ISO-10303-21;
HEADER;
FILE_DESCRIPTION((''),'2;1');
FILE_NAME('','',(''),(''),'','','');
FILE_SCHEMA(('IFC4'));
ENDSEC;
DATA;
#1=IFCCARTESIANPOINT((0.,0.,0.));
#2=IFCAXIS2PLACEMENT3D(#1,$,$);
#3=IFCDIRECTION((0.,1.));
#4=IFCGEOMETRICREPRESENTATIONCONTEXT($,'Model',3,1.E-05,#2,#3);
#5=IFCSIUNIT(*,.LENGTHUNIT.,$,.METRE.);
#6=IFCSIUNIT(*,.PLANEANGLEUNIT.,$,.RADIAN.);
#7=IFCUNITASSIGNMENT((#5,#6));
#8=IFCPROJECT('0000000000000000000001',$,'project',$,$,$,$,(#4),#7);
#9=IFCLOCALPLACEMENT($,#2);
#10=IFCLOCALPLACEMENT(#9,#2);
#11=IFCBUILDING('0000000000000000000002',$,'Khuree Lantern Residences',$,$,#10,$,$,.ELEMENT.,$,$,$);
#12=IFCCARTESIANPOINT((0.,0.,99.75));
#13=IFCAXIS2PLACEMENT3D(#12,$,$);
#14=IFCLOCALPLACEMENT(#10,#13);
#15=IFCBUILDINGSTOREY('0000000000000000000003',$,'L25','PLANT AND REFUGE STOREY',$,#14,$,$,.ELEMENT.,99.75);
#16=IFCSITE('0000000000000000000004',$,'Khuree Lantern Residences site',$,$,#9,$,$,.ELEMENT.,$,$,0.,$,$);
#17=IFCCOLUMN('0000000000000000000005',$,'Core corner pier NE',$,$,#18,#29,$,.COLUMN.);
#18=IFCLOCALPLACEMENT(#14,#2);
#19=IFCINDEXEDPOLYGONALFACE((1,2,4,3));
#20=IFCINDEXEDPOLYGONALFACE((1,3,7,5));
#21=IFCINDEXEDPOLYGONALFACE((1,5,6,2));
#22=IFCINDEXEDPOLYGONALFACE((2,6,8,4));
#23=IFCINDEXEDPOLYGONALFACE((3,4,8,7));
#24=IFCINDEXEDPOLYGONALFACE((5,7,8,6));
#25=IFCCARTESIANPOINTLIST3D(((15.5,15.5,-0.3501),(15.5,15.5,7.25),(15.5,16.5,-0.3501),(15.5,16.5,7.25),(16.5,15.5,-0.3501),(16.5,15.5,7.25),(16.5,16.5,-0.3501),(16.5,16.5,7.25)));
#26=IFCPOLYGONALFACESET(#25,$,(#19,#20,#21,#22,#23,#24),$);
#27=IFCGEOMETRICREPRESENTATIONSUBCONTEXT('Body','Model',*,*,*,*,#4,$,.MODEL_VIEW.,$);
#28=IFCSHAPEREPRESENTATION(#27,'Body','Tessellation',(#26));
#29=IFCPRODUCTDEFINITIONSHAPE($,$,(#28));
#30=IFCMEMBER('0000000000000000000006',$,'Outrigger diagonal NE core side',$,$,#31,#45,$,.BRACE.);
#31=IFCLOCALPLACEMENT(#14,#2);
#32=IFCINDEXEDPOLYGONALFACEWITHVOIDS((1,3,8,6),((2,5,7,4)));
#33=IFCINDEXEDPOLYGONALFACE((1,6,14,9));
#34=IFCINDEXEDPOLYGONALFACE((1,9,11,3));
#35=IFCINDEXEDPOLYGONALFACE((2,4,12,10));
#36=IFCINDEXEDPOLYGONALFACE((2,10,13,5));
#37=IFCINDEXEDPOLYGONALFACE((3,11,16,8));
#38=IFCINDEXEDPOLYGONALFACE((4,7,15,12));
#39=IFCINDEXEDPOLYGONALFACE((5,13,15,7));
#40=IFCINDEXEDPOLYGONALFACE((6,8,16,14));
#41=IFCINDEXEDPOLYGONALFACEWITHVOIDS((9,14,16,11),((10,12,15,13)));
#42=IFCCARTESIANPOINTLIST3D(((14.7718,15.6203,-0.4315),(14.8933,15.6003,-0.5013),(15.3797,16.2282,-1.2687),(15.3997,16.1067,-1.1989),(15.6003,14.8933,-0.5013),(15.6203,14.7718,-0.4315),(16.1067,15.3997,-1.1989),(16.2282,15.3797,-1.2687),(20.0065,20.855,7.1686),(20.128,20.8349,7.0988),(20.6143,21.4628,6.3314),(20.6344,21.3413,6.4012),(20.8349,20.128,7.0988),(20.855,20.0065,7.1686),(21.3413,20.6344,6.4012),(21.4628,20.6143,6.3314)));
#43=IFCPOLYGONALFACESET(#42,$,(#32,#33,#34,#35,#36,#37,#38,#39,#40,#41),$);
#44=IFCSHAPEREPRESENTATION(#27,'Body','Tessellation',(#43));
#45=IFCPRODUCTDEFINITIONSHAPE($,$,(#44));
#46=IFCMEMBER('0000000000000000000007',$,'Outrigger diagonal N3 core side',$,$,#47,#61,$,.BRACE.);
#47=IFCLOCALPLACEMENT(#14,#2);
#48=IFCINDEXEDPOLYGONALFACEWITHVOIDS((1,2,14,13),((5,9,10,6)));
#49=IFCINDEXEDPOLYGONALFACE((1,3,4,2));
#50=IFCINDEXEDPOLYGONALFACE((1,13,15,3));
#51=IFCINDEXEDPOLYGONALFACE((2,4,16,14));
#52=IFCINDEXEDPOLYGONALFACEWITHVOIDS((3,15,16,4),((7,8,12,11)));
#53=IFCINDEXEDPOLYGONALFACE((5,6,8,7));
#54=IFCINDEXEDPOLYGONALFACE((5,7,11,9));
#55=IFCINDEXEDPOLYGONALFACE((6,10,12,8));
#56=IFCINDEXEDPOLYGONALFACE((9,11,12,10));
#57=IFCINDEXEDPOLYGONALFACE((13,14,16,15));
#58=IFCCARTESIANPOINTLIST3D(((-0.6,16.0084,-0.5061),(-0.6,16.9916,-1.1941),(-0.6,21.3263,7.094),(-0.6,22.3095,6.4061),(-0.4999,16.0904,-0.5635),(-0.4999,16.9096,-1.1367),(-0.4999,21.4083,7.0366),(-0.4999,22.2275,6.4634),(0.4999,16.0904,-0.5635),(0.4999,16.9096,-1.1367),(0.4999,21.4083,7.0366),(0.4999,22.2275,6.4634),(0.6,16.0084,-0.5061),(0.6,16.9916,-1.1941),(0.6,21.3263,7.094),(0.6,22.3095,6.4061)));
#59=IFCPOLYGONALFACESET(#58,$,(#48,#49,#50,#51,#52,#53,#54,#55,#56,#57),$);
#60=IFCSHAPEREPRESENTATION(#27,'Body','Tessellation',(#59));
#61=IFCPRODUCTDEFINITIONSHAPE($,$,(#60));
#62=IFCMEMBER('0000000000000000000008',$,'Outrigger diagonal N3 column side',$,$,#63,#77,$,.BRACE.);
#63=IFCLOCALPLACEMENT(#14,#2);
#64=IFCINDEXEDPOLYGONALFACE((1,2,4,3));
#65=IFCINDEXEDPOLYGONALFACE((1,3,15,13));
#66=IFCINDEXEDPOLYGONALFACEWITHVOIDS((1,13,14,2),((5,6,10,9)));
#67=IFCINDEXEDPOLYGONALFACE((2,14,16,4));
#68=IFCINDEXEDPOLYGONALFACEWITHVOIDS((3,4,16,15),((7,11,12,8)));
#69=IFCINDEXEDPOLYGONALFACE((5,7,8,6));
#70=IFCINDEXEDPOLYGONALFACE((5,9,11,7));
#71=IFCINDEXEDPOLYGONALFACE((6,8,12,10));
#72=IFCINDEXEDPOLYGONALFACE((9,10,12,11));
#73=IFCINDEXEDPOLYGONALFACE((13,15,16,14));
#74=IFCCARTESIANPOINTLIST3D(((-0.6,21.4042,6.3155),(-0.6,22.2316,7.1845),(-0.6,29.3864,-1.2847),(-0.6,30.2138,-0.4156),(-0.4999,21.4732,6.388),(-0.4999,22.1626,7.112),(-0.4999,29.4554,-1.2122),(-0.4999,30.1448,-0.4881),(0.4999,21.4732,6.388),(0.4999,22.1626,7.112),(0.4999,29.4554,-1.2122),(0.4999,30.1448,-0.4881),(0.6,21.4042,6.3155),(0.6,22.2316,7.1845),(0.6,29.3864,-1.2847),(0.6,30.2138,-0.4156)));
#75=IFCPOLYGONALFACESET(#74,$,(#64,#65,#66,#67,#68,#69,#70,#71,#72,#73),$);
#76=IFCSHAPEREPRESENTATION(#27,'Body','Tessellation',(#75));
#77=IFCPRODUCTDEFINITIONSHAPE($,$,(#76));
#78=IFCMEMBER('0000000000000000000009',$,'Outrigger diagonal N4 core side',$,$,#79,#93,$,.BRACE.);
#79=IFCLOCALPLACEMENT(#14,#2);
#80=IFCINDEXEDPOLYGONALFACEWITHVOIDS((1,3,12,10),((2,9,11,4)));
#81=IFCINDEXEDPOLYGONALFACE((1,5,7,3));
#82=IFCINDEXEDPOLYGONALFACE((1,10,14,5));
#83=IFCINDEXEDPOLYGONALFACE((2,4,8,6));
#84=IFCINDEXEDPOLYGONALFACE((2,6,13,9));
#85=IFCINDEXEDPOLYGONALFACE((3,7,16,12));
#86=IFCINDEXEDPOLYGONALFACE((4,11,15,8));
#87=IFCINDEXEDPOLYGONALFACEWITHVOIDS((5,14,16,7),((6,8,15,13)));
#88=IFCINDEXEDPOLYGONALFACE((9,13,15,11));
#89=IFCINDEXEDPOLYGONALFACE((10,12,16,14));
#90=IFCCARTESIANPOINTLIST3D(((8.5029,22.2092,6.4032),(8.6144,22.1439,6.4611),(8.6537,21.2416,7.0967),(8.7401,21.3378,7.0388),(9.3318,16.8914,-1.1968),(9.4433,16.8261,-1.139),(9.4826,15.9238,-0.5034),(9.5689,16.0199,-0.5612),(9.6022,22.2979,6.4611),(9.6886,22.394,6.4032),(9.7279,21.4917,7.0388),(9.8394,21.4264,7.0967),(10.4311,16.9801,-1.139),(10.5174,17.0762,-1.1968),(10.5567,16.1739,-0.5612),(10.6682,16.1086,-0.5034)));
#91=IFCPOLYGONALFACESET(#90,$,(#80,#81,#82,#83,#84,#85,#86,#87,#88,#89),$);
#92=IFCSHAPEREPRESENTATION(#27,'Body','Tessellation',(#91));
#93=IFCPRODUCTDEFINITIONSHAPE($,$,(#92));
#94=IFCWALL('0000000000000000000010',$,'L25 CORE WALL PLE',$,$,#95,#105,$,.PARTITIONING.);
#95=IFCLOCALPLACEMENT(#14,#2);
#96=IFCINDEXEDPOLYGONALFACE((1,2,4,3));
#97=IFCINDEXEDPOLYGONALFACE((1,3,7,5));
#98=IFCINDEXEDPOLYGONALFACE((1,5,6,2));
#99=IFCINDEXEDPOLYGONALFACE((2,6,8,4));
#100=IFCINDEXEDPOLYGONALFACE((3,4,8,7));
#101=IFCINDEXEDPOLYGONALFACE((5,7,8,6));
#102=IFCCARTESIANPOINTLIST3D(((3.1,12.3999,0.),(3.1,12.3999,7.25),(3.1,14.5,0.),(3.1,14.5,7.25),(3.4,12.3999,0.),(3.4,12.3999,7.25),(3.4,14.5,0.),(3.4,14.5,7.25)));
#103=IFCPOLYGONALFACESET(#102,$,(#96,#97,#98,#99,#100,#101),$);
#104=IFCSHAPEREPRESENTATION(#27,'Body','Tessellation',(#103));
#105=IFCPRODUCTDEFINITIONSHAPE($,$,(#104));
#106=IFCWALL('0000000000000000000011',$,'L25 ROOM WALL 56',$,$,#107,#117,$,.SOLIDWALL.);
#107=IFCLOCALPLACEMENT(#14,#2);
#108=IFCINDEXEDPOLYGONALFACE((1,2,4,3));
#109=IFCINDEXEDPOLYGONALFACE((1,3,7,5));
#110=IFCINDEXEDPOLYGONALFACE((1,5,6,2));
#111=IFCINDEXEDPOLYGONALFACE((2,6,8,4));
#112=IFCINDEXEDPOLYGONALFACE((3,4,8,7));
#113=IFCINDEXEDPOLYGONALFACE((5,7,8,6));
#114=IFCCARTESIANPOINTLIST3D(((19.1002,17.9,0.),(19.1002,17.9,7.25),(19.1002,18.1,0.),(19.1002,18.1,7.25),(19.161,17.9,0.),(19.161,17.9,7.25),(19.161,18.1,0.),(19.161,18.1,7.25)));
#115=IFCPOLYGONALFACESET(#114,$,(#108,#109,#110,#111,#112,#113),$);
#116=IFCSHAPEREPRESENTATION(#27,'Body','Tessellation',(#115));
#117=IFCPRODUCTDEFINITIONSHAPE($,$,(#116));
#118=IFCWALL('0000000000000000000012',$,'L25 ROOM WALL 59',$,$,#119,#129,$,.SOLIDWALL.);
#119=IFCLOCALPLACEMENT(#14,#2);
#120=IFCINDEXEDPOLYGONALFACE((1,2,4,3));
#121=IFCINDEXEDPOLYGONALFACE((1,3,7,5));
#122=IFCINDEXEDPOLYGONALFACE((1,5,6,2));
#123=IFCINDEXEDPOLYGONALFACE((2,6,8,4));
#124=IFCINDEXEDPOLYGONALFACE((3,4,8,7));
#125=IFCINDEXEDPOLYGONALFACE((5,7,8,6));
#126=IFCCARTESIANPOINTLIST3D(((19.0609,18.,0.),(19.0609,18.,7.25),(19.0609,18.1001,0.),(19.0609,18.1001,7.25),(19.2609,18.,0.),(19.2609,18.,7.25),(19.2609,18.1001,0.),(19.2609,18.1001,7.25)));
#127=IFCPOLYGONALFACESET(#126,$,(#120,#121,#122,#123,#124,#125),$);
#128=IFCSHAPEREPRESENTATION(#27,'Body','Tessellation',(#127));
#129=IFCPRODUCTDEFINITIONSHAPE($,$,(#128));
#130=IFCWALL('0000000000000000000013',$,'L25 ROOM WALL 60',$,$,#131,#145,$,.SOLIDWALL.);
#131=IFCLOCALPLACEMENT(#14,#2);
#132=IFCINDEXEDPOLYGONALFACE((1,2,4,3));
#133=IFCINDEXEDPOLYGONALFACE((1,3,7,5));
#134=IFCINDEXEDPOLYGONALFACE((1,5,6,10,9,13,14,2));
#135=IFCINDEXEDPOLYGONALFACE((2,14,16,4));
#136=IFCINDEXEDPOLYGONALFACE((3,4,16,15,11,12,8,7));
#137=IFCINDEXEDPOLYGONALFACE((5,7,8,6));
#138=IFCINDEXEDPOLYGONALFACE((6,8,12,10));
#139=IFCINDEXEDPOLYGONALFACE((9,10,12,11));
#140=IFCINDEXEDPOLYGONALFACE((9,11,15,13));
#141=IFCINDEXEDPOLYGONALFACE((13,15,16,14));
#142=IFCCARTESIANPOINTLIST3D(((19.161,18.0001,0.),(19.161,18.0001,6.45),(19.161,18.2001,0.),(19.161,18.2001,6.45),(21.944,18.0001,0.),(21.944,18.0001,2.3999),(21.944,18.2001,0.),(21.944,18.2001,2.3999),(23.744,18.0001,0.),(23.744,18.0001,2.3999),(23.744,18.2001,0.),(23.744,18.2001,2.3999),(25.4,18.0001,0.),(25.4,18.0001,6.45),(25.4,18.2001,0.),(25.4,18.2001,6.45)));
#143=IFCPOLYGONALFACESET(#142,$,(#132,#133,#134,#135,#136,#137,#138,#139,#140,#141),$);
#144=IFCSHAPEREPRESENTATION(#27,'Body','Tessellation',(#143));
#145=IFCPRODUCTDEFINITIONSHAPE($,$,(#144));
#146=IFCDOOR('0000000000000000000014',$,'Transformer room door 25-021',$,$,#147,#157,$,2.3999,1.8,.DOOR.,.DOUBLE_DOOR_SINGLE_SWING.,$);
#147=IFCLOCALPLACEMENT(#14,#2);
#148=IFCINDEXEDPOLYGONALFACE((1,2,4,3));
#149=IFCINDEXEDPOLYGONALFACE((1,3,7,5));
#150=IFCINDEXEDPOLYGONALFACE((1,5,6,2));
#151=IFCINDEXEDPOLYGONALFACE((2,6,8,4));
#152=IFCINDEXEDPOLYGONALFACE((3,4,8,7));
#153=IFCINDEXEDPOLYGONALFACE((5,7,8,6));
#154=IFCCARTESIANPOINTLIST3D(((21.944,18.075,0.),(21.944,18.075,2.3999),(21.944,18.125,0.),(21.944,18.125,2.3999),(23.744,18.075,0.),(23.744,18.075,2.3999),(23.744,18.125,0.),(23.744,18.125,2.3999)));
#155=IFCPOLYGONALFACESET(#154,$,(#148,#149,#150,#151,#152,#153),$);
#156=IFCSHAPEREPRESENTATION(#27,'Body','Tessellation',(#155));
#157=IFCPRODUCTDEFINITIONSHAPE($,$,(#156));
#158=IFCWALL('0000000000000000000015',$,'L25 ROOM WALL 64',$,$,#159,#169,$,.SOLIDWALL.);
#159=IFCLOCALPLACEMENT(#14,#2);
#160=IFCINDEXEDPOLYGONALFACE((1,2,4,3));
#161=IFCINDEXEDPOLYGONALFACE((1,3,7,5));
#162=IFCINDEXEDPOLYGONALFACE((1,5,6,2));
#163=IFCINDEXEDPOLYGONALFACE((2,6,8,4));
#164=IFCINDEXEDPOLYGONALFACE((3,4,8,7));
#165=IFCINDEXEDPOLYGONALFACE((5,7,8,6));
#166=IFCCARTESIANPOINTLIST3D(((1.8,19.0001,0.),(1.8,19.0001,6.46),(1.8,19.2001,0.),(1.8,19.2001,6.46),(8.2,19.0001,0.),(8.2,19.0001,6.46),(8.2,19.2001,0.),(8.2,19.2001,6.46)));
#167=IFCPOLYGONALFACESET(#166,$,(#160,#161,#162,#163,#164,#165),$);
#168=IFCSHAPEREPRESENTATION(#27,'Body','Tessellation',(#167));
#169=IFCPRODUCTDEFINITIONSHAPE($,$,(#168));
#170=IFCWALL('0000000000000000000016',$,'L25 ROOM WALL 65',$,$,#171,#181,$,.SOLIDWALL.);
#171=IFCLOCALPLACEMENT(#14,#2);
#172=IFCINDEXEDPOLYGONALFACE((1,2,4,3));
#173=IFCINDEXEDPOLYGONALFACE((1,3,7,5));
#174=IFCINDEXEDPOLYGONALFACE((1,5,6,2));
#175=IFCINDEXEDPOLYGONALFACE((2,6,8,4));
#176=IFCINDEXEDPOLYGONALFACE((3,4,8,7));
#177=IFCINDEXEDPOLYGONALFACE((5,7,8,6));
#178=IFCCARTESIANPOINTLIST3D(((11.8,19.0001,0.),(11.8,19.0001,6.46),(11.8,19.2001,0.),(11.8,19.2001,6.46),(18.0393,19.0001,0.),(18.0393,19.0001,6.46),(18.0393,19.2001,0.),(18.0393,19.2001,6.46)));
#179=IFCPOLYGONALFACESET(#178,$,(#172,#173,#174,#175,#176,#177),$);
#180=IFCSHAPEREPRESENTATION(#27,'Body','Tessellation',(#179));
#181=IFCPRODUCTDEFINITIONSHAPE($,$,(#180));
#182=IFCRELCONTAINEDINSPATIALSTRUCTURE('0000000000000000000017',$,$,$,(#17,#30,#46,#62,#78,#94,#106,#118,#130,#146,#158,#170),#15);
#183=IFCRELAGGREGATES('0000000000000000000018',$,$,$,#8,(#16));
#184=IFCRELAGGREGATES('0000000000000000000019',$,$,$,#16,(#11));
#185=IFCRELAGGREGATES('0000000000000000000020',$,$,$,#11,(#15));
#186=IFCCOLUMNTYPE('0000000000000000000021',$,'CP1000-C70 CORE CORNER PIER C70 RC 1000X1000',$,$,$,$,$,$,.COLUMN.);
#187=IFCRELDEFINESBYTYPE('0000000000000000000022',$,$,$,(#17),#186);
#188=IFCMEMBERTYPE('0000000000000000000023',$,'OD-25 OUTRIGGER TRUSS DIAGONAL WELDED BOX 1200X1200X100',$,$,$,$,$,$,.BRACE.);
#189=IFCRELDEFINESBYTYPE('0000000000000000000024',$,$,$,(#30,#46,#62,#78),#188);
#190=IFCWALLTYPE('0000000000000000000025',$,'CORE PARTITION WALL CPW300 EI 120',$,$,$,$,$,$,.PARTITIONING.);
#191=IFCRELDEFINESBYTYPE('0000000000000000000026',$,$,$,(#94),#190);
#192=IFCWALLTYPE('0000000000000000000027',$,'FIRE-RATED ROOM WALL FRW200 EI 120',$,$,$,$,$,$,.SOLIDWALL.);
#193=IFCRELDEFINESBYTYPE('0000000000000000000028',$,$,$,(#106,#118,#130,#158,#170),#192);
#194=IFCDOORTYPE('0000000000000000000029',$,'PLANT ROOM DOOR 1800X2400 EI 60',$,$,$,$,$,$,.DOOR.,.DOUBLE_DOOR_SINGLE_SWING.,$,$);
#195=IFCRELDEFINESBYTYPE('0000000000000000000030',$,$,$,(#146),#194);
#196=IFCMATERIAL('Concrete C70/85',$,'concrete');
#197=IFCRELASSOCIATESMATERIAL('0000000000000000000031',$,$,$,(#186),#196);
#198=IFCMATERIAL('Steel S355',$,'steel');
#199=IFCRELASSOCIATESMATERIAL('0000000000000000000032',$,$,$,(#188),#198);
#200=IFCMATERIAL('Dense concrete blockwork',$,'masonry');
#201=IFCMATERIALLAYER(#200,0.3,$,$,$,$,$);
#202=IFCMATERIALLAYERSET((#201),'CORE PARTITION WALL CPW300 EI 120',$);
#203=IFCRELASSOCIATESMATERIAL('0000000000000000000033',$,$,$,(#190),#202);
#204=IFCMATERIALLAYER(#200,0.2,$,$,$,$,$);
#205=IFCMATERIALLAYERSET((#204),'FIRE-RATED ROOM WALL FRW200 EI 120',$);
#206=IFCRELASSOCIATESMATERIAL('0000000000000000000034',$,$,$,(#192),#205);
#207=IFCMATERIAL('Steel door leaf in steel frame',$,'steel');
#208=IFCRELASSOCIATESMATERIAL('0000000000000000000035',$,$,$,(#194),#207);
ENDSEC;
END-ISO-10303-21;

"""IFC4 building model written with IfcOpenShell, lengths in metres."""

from ifc_helpers import new_model, si_unit, direction, frame, frame_2d, origin, origin_2d, place, context, subcontext, project, spatial, rectangle, hollow_rectangle, extrude, material, layer, layer_set, material_profile, profile_set, type_object, element, fill, save


model = new_model("IFC4")

# Units and contexts
model_context = context("Model", 3, precision=1e-05, world=origin(), true_north=direction((0.0, 1.0)))
body_context = subcontext(model_context, "Body", "Model", "MODEL_VIEW")
ifc_project = project(units=[si_unit("LENGTHUNIT", "METRE"), si_unit("PLANEANGLEUNIT", "RADIAN")], contexts=[model_context])

# Site, building, storey
site_placement = place(None, origin())
site = spatial("IfcSite", under=ifc_project, at=site_placement, Name="Khuree Lantern Residences site", CompositionType="ELEMENT", RefElevation=0.0)
building_placement = place(site_placement, origin())
building = spatial("IfcBuilding", under=site, at=building_placement, Name="Khuree Lantern Residences", CompositionType="ELEMENT")
storey_placement = place(building_placement, frame((0.0, 0.0, 99.75)))
storey = spatial("IfcBuildingStorey", under=building, at=storey_placement, Name="L25", Description="PLANT AND REFUGE STOREY", CompositionType="ELEMENT", Elevation=99.75)

# Column
ifc_material_1 = material(Name="Concrete C70/85", Category="concrete")
ifc_material_profile_1 = material_profile(ifc_material_1, rectangle(XDim=1.0, YDim=1.0, at=origin_2d()), Name="RC 1000X1000")
ifc_profile_set_1 = profile_set([ifc_material_profile_1], Name="Concrete C70/85")
column_type = type_object("IfcColumnType", Name="CP1000-C70 CORE CORNER PIER C70 RC 1000X1000", PredefinedType="COLUMN", material=ifc_profile_set_1)
column_placement = place(storey_placement, frame((16.0, 16.0, -0.3501), z_axis=(0.0, 0.0, 1.0), x_axis=(1.0, 0.0, 0.0)))
element("IfcColumn", 1, at=column_placement, inside=storey, type_object=column_type, Name="Core corner pier NE", PredefinedType="COLUMN", context=body_context, shape_type="SweptSolid", body=[
    extrude(rectangle(XDim=1.0, YDim=1.0, at=origin_2d()), origin(), (0.0, 0.0, 1.0), 7.6001),
])

# Members
ifc_material_2 = material(Name="Steel S355", Category="steel")
ifc_material_profile_2 = material_profile(ifc_material_2, hollow_rectangle(XDim=1.2, YDim=1.2, WallThickness=0.1001, at=origin_2d()), Name="WELDED BOX 1200X1200X100")
ifc_profile_set_2 = profile_set([ifc_material_profile_2], Name="Steel S355")
member_type = type_object("IfcMemberType", Name="OD-25 OUTRIGGER TRUSS DIAGONAL WELDED BOX 1200X1200X100", PredefinedType="BRACE", material=ifc_profile_set_2)
member_1_placement = place(storey_placement, frame((15.5, 15.5, -0.8501), z_axis=(0.493384, 0.493384, 0.71634), x_axis=(-0.707107, 0.707107, 0.0)))
element("IfcMember", 2, at=member_1_placement, inside=storey, type_object=member_type, Name="Outrigger diagonal NE core side", PredefinedType="BRACE", context=body_context, shape_type="SweptSolid", body=[
    extrude(hollow_rectangle(XDim=1.2, YDim=1.2, WallThickness=0.1001, at=origin_2d()), origin(), (0.0, 0.0, 1.0), 10.6096),
])
member_2_placement = place(storey_placement, frame((0.0, 16.5, -0.8501), z_axis=(0.0, 0.573303, 0.819343), x_axis=(-1.0, 0.0, 0.0)))
element("IfcMember", 3, at=member_2_placement, inside=storey, type_object=member_type, Name="Outrigger diagonal N3 core side", PredefinedType="BRACE", context=body_context, shape_type="SweptSolid", body=[
    extrude(hollow_rectangle(XDim=1.2, YDim=1.2, WallThickness=0.1001, at=origin_2d()), origin(), (0.0, 0.0, 1.0), 9.2759),
])
member_3_placement = place(storey_placement, frame((0.0, 21.8179, 6.75), z_axis=(0.0, 0.724227, -0.689561), x_axis=(-1.0, 0.0, 0.0)))
element("IfcMember", 4, at=member_3_placement, inside=storey, type_object=member_type, Name="Outrigger diagonal N3 column side", PredefinedType="BRACE", context=body_context, shape_type="SweptSolid", body=[
    extrude(hollow_rectangle(XDim=1.2, YDim=1.2, WallThickness=0.1001, at=origin_2d()), origin(), (0.0, 0.0, 1.0), 11.0217),
])
member_4_placement = place(storey_placement, frame((10.0, 16.5, -0.8501), z_axis=(-0.089002, 0.571028, 0.816092), x_axis=(-0.98807, -0.154003, 0.0)))
element("IfcMember", 5, at=member_4_placement, inside=storey, type_object=member_type, Name="Outrigger diagonal N4 core side", PredefinedType="BRACE", context=body_context, shape_type="SweptSolid", body=[
    extrude(hollow_rectangle(XDim=1.2, YDim=1.2, WallThickness=0.1001, at=origin_2d()), origin(), (0.0, 0.0, 1.0), 9.3127),
])

# Walls
ifc_material_3 = material(Name="Dense concrete blockwork", Category="masonry")
ifc_layer_1 = layer(ifc_material_3, 0.3)
ifc_layer_set_1 = layer_set([ifc_layer_1], Name="CORE PARTITION WALL CPW300 EI 120")
wall_type_1 = type_object("IfcWallType", Name="CORE PARTITION WALL CPW300 EI 120", PredefinedType="PARTITIONING", material=ifc_layer_set_1)
wall_1_placement = place(storey_placement, frame((3.25, 12.3999, 0.0), z_axis=(0.0, 0.0, 1.0), x_axis=(0.0, 1.0, 0.0)))
element("IfcWall", 6, at=wall_1_placement, inside=storey, type_object=wall_type_1, Name="L25 CORE WALL PLE", PredefinedType="PARTITIONING", context=body_context, shape_type="SweptSolid", body=[
    extrude(rectangle(XDim=2.1001, YDim=0.3, at=frame_2d((1.05, 0.0))), origin(), (0.0, 0.0, 1.0), 7.25),
])
ifc_layer_2 = layer(ifc_material_3, 0.2)
ifc_layer_set_2 = layer_set([ifc_layer_2], Name="FIRE-RATED ROOM WALL FRW200 EI 120")
wall_type_2 = type_object("IfcWallType", Name="FIRE-RATED ROOM WALL FRW200 EI 120", PredefinedType="SOLIDWALL", material=ifc_layer_set_2)
wall_2_placement = place(storey_placement, frame((19.1609, 18.0, 0.0), z_axis=(0.0, 0.0, 1.0), x_axis=(-1.0, 0.0, 0.0)))
element("IfcWall", 7, at=wall_2_placement, inside=storey, type_object=wall_type_2, Name="L25 ROOM WALL 56", PredefinedType="SOLIDWALL", context=body_context, shape_type="SweptSolid", body=[
    extrude(rectangle(XDim=0.0608, YDim=0.2, at=frame_2d((0.0303, 0.0))), origin(), (0.0, 0.0, 1.0), 7.25),
])
wall_3_placement = place(storey_placement, frame((19.1609, 18.1001, 0.0), z_axis=(0.0, 0.0, 1.0), x_axis=(0.0, -1.0, 0.0)))
element("IfcWall", 8, at=wall_3_placement, inside=storey, type_object=wall_type_2, Name="L25 ROOM WALL 59", PredefinedType="SOLIDWALL", context=body_context, shape_type="SweptSolid", body=[
    extrude(rectangle(XDim=0.1001, YDim=0.2, at=frame_2d((0.05, 0.0))), origin(), (0.0, 0.0, 1.0), 7.25),
])

# Wall, opening, door
wall_4_placement = place(storey_placement, frame((19.1609, 18.1001, 0.0), z_axis=(0.0, 0.0, 1.0), x_axis=(1.0, 0.0, 0.0)))
wall_4 = element("IfcWall", 9, at=wall_4_placement, inside=storey, type_object=wall_type_2, Name="L25 ROOM WALL 60", PredefinedType="SOLIDWALL", context=body_context, shape_type="SweptSolid", body=[
    extrude(rectangle(XDim=6.239, YDim=0.2, at=frame_2d((3.1196, 0.0))), origin(), (0.0, 0.0, 1.0), 6.45),
])
opening_1_placement = place(wall_4_placement, frame((2.7832, 0.0, 0.0)))
opening_1 = element("IfcOpeningElement", 10, at=opening_1_placement, cuts=wall_4, PredefinedType="OPENING", context=body_context, shape_type="SweptSolid", body=[
    extrude(rectangle(XDim=1.8, YDim=2.3999, at=frame_2d((0.8999, 1.2))), frame((0.0, 0.1099, 0.0), z_axis=(0.0, -1.0, 0.0), x_axis=(1.0, 0.0, 0.0)), (0.0, 0.0, 1.0), 0.22),
])
ifc_material_4 = material(Name="Steel door leaf in steel frame", Category="steel")
door_type = type_object("IfcDoorType", Name="PLANT ROOM DOOR 1800X2400 EI 60", OperationType="DOUBLE_DOOR_SINGLE_SWING", PredefinedType="DOOR", material=ifc_material_4)
door_1_placement = place(opening_1_placement, origin())
door_1 = element("IfcDoor", 11, at=door_1_placement, inside=storey, type_object=door_type, Name="Transformer room door 25-021", OperationType="DOUBLE_DOOR_SINGLE_SWING", OverallHeight=2.3999, OverallWidth=1.8, PredefinedType="DOOR", context=body_context, shape_type="SweptSolid", body=[
    extrude(rectangle(XDim=1.8, YDim=2.3999, at=frame_2d((0.8999, 1.2))), frame((0.0, 0.0249, 0.0), z_axis=(0.0, -1.0, 0.0), x_axis=(1.0, 0.0, 0.0)), (0.0, 0.0, 1.0), 0.05),
])
fill(opening_1, door_1)

# Walls
wall_5_placement = place(storey_placement, frame((1.8, 19.1001, 0.0), z_axis=(0.0, 0.0, 1.0), x_axis=(1.0, 0.0, 0.0)))
element("IfcWall", 12, at=wall_5_placement, inside=storey, type_object=wall_type_2, Name="L25 ROOM WALL 64", PredefinedType="SOLIDWALL", context=body_context, shape_type="SweptSolid", body=[
    extrude(rectangle(XDim=6.3999, YDim=0.2, at=frame_2d((3.2, 0.0))), origin(), (0.0, 0.0, 1.0), 6.46),
])
wall_6_placement = place(storey_placement, frame((11.8, 19.1001, 0.0), z_axis=(0.0, 0.0, 1.0), x_axis=(1.0, 0.0, 0.0)))
element("IfcWall", 13, at=wall_6_placement, inside=storey, type_object=wall_type_2, Name="L25 ROOM WALL 65", PredefinedType="SOLIDWALL", context=body_context, shape_type="SweptSolid", body=[
    extrude(rectangle(XDim=6.2393, YDim=0.2, at=frame_2d((3.1196, 0.0))), origin(), (0.0, 0.0, 1.0), 6.46),
])

save(model, "model.ifc")
